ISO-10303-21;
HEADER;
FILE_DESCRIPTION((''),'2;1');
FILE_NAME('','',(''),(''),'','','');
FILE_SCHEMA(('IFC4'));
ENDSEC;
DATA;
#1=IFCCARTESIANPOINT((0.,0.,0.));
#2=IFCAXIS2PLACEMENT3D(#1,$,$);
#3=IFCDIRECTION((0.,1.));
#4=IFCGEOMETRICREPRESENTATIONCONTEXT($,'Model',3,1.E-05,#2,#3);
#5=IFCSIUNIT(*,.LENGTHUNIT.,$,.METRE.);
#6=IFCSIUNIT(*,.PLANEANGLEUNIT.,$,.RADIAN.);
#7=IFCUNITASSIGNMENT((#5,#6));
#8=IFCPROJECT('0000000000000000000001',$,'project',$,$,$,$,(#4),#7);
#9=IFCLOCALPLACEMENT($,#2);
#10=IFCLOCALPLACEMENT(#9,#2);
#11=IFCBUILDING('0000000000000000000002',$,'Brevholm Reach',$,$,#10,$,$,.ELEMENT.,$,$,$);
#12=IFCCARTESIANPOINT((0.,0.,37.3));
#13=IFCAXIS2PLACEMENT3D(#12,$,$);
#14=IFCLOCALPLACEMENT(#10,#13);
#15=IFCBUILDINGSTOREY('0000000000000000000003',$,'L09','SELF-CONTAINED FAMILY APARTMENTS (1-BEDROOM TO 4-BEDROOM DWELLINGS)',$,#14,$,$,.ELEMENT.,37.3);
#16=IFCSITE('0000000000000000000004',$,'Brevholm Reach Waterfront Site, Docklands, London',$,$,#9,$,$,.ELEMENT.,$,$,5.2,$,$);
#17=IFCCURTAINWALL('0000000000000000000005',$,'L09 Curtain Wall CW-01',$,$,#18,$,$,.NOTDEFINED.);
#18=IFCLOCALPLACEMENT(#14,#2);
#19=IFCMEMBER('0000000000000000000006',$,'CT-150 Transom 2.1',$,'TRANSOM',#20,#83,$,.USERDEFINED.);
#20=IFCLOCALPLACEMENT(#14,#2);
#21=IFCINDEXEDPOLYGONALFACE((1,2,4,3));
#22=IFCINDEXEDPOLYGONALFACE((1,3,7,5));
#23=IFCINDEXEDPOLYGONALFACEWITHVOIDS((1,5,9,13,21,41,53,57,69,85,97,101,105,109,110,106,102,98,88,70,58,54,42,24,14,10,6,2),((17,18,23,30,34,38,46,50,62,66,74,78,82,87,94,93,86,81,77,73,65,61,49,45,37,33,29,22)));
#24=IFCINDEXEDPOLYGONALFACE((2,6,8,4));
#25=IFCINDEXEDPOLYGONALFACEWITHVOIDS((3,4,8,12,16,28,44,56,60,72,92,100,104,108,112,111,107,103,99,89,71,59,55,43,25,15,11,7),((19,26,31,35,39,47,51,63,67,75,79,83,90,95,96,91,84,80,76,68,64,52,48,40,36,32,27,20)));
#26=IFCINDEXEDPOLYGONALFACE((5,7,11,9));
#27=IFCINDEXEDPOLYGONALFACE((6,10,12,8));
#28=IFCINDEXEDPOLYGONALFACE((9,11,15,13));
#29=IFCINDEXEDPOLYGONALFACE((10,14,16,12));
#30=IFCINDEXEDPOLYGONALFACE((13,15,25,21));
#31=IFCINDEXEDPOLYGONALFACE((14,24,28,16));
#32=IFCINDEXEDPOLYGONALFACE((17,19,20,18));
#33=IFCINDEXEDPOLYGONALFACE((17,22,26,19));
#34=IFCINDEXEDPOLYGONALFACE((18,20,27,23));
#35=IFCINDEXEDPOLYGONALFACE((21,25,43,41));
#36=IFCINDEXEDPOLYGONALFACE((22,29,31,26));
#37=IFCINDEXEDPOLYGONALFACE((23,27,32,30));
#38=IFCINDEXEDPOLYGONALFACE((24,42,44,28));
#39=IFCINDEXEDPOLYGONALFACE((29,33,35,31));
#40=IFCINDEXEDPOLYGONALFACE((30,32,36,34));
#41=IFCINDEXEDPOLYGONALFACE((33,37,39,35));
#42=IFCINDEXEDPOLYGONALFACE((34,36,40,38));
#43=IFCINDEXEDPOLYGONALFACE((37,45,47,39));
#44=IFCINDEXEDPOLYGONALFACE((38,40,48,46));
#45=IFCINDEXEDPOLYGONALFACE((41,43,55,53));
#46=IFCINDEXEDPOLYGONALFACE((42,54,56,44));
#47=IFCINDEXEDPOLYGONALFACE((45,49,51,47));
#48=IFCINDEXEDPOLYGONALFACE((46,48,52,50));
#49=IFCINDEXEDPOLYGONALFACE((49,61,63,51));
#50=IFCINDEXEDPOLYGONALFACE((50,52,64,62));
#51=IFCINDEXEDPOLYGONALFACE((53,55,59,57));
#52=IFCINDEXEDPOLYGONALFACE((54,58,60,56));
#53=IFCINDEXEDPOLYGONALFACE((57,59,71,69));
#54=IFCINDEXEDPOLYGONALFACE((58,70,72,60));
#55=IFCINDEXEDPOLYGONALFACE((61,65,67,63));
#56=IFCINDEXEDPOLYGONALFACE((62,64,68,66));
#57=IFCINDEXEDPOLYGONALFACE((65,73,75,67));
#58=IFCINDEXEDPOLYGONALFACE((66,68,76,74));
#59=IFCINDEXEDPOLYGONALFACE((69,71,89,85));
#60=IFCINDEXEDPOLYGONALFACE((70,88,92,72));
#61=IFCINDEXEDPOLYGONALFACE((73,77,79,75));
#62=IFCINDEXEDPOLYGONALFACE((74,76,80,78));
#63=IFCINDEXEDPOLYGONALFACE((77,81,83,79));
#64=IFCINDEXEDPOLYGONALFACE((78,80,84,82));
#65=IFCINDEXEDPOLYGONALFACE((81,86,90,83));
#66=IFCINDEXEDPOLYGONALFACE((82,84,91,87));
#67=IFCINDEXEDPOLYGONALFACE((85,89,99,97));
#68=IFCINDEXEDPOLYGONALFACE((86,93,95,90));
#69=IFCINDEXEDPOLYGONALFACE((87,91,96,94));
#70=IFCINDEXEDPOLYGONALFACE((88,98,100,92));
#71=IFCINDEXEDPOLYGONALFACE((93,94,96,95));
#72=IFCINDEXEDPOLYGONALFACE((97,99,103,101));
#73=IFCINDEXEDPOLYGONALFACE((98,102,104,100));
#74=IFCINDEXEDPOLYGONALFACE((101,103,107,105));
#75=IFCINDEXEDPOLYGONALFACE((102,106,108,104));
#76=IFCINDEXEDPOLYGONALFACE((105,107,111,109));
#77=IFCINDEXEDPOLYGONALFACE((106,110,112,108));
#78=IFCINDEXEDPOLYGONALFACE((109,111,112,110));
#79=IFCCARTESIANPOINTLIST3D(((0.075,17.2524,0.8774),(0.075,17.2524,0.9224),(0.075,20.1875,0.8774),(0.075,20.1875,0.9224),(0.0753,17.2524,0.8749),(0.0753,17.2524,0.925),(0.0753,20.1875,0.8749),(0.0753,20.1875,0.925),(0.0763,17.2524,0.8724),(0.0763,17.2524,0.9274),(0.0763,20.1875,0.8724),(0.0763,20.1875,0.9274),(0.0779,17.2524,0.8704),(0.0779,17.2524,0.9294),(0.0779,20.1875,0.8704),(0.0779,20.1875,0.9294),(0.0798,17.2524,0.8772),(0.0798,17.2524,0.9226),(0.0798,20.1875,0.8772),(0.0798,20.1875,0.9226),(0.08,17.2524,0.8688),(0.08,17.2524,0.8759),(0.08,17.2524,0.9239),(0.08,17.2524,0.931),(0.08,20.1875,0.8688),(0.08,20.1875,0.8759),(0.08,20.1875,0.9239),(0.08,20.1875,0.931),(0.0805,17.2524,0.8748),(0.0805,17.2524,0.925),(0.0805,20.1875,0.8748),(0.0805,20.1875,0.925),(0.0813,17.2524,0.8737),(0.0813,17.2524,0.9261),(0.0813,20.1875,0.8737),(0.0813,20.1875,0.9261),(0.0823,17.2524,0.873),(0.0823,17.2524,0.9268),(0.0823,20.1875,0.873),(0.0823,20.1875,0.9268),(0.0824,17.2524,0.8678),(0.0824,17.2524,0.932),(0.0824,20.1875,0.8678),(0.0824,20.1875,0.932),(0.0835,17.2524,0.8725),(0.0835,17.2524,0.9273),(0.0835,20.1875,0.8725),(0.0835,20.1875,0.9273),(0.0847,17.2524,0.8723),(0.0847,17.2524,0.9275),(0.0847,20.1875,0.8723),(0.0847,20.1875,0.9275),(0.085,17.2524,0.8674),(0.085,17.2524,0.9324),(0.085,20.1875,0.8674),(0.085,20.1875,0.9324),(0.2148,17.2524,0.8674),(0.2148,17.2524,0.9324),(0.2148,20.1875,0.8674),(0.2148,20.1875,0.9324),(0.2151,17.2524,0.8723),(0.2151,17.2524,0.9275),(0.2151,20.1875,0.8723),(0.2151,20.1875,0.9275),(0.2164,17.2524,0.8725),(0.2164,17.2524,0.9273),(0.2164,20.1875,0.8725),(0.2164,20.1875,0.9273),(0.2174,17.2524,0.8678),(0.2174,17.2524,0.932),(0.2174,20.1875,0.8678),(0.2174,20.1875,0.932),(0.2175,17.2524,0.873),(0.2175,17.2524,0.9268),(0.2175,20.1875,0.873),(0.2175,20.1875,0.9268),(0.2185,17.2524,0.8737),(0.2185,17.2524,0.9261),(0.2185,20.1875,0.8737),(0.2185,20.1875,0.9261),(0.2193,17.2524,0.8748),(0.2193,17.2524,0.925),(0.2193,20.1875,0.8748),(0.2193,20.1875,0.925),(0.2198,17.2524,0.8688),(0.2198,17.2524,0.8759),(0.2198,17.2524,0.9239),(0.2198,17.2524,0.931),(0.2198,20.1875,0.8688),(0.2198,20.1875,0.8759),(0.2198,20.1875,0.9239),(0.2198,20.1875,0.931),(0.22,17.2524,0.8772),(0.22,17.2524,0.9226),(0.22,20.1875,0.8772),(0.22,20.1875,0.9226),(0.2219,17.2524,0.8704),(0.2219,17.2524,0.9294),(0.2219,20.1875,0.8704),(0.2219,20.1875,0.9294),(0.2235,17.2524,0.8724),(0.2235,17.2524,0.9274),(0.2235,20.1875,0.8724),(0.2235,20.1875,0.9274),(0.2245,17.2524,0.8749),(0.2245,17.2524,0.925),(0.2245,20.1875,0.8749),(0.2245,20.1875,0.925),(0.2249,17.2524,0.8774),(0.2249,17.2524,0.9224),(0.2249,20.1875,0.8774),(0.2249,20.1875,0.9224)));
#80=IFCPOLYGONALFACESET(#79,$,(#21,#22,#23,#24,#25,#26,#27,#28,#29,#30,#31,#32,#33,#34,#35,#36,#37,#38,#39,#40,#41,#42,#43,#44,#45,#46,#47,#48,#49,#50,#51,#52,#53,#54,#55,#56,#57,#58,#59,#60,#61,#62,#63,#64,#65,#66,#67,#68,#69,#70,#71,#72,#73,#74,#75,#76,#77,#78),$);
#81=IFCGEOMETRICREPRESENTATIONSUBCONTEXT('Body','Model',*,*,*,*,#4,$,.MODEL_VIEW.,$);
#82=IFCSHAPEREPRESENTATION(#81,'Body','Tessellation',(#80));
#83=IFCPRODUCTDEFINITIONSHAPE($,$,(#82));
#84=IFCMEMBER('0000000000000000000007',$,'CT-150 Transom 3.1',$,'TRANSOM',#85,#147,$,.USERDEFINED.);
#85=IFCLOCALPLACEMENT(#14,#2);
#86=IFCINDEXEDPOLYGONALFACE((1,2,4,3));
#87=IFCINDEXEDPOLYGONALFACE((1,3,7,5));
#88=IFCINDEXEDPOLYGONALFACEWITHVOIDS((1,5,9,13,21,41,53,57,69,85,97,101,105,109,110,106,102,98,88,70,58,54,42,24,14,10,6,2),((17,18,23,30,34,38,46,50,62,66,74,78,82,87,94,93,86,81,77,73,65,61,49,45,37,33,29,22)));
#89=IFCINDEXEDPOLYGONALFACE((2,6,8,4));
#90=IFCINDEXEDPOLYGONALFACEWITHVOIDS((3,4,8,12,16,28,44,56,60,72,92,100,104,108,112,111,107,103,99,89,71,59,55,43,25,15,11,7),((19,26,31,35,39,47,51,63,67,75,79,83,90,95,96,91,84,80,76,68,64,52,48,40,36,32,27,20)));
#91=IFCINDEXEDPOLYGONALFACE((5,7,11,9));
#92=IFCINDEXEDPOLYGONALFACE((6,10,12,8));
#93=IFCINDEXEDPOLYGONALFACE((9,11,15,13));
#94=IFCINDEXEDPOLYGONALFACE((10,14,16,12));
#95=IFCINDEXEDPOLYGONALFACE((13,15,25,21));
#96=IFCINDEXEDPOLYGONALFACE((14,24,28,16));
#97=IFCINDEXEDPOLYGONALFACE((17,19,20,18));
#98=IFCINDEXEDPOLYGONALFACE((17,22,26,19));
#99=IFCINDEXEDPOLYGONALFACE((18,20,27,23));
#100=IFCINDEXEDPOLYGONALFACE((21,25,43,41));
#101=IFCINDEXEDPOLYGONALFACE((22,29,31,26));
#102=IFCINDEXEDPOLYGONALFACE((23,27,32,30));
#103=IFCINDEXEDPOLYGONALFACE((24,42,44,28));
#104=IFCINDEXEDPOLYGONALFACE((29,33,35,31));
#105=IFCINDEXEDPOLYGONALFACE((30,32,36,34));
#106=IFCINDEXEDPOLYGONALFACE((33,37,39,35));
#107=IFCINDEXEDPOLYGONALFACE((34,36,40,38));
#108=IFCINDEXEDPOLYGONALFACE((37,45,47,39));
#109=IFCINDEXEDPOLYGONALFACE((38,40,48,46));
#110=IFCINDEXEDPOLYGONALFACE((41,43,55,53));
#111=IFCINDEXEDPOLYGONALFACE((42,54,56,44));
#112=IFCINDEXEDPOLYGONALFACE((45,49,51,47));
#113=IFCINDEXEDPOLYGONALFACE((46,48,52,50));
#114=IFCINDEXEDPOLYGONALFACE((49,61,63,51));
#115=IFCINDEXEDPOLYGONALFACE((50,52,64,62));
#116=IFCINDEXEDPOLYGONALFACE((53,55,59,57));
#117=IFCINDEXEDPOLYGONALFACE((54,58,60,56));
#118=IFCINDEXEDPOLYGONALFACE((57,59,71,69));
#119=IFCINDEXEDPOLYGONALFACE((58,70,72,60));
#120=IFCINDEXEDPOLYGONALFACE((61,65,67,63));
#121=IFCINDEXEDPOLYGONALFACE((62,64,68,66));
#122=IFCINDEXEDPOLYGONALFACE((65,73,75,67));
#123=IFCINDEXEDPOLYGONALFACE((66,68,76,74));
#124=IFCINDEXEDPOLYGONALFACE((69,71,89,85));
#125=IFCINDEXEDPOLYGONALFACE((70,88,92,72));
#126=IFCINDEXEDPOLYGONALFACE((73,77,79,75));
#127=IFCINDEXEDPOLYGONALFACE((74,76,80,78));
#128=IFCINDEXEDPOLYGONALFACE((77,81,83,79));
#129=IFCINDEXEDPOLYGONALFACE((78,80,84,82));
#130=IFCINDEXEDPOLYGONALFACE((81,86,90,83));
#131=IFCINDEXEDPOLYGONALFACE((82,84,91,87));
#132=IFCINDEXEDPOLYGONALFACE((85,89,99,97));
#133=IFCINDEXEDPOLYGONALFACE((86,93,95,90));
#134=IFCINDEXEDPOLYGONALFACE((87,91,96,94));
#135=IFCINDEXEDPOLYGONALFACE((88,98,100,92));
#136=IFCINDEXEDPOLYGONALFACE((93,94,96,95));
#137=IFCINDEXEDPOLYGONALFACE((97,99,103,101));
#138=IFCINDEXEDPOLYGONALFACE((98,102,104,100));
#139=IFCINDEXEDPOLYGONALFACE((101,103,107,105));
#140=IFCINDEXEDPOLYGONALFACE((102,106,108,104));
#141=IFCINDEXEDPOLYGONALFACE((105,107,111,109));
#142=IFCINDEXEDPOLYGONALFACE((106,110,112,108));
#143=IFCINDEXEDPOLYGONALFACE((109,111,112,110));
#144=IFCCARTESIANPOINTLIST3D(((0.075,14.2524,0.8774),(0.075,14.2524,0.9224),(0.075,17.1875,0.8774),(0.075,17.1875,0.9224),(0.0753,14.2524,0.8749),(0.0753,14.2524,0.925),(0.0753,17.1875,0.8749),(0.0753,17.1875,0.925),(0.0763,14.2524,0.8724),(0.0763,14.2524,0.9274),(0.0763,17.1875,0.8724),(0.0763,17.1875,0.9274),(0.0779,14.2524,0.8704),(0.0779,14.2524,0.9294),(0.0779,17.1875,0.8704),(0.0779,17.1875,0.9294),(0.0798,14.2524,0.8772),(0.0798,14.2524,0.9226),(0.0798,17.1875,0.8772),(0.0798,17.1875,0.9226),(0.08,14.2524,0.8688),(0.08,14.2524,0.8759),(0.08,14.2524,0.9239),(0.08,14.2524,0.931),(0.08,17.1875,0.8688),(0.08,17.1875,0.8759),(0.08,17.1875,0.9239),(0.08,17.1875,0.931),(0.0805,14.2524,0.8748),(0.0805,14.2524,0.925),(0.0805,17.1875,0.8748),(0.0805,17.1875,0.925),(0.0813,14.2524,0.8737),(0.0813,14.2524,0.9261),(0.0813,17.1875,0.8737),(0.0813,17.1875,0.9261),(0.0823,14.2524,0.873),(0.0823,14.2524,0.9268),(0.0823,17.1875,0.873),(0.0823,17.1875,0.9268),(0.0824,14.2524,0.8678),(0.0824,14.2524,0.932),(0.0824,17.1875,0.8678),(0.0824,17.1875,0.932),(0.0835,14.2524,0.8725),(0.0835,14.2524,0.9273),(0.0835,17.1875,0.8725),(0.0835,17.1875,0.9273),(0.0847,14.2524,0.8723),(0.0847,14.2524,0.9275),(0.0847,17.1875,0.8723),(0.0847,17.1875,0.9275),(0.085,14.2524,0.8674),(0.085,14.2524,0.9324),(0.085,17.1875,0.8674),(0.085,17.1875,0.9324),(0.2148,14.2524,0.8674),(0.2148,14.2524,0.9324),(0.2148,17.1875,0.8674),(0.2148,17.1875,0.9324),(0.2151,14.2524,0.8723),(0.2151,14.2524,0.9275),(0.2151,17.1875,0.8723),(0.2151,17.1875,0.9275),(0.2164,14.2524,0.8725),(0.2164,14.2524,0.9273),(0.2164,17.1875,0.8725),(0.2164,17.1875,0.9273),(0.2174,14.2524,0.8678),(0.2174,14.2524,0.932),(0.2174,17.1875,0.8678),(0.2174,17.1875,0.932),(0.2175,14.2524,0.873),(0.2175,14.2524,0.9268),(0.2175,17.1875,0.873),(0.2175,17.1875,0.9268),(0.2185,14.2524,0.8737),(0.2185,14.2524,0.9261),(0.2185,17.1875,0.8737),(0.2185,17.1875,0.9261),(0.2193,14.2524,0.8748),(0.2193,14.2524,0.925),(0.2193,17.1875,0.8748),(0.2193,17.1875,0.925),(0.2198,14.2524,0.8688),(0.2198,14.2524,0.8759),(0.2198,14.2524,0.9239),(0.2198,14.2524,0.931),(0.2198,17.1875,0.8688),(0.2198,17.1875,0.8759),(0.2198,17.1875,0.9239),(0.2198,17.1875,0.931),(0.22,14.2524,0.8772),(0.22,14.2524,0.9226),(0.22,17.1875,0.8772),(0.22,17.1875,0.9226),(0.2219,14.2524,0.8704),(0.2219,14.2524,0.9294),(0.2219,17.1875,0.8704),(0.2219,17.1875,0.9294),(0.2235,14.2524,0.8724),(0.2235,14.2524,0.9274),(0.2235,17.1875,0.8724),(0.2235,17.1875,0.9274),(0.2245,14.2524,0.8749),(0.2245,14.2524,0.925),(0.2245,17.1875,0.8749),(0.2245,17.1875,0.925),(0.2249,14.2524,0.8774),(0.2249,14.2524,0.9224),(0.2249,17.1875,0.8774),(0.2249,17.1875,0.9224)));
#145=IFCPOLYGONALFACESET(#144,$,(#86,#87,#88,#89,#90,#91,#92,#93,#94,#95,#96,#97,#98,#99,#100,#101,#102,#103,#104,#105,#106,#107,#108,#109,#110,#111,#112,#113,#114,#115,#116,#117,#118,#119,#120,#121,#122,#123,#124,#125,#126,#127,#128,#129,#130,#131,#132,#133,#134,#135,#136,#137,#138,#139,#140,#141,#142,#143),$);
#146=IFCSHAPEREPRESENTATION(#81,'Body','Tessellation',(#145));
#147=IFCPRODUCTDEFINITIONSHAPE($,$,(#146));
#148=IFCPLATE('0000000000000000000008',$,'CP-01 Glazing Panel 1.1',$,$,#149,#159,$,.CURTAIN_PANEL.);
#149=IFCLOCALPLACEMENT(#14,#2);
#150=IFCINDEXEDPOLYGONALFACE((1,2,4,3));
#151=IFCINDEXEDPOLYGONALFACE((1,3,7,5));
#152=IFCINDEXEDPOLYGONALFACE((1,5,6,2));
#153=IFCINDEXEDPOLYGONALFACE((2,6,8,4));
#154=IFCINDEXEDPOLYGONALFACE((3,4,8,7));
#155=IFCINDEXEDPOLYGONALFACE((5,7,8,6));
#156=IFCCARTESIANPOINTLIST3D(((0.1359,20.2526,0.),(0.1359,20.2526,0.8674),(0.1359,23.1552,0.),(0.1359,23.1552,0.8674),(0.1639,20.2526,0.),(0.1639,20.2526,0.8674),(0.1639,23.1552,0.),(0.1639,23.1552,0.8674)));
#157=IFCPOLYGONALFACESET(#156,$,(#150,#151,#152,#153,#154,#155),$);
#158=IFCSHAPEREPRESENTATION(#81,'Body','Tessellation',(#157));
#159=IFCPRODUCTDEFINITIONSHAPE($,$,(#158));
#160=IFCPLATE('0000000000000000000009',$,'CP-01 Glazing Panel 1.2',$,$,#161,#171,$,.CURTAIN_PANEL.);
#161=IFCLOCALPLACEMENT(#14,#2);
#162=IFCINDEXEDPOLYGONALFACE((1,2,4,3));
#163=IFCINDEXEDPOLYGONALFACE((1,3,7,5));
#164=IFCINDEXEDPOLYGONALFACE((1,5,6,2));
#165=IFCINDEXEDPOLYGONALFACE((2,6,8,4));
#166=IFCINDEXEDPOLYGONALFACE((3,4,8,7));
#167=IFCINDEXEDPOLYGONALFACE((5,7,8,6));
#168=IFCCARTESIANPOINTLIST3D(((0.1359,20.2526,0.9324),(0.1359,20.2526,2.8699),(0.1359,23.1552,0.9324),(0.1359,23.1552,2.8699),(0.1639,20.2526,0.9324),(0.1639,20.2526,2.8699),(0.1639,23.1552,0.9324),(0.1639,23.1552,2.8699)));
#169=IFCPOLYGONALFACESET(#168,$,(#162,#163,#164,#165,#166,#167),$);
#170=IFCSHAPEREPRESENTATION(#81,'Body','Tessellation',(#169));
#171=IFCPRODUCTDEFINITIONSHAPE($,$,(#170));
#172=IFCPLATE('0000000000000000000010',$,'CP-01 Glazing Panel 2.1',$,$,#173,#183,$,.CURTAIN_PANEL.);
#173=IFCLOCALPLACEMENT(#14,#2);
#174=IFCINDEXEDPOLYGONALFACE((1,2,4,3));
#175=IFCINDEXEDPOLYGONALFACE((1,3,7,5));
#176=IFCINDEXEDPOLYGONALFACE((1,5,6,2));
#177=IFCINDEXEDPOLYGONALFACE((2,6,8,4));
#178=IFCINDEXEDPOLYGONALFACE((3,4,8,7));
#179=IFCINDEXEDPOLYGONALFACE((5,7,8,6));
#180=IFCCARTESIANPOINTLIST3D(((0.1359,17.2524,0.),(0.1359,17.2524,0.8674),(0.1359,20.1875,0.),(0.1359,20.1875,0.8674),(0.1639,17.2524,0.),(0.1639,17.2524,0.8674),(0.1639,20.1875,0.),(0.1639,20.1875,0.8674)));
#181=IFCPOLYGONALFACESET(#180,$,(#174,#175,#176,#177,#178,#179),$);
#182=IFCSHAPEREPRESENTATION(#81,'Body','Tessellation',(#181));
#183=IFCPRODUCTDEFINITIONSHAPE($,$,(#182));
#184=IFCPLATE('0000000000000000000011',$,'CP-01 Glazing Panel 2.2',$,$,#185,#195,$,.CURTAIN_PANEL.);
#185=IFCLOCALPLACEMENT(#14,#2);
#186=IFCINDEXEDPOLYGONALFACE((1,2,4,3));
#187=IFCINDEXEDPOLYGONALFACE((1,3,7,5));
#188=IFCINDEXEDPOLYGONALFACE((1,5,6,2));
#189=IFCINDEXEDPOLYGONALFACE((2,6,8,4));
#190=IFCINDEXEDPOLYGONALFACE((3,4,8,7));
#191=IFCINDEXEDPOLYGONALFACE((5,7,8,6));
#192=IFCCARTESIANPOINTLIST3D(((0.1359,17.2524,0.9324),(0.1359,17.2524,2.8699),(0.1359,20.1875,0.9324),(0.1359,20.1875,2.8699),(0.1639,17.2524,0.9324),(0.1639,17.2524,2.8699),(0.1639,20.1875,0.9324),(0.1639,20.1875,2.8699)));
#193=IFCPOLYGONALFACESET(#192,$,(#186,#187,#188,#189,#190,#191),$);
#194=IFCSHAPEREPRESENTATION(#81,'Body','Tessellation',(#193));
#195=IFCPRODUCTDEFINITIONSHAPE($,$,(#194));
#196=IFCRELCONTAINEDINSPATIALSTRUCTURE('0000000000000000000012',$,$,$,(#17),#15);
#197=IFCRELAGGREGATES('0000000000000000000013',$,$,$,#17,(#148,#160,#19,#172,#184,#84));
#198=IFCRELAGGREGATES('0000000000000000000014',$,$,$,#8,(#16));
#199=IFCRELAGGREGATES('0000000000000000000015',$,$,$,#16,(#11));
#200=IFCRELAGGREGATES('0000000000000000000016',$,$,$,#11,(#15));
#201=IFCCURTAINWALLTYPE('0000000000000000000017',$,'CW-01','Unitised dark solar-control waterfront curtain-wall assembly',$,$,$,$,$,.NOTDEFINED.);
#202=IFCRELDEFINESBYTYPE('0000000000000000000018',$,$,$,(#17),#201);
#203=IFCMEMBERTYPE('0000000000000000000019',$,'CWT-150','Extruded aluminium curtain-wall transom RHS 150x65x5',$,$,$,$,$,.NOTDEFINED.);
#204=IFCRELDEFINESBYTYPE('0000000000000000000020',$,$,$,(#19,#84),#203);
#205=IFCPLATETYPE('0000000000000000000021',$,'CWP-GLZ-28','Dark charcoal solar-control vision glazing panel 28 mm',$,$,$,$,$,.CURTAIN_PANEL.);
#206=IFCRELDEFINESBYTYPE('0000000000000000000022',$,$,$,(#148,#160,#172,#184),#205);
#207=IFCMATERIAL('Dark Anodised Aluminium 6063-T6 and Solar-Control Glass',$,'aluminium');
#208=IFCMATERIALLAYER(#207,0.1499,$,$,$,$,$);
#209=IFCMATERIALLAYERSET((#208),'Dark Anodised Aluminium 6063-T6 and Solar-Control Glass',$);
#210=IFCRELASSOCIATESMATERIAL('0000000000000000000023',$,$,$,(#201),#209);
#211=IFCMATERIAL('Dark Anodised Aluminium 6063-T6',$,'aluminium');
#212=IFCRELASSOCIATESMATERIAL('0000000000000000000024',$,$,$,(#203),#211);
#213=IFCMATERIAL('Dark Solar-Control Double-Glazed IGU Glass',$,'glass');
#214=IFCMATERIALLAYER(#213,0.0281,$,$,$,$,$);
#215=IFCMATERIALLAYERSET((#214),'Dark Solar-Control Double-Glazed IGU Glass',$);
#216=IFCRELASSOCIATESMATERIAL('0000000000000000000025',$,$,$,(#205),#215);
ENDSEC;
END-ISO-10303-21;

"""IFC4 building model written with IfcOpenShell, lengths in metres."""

from ifc_helpers import new_model, si_unit, direction, frame, origin, origin_2d, place, context, subcontext, project, spatial, rectangle, hollow_rectangle, extrude, material, layer, layer_set, material_profile, profile_set, type_object, element, aggregate, save


model = new_model("IFC4")

# Units and contexts
model_context = context("Model", 3, precision=1e-05, world=origin(), true_north=direction((0.0, 1.0)))
body_context = subcontext(model_context, "Body", "Model", "MODEL_VIEW")
ifc_project = project(units=[si_unit("LENGTHUNIT", "METRE"), si_unit("PLANEANGLEUNIT", "RADIAN")], contexts=[model_context])

# Site, building, storey
site_placement = place(None, origin())
site = spatial("IfcSite", under=ifc_project, at=site_placement, Name="Brevholm Reach Waterfront Site, Docklands, London", CompositionType="ELEMENT", RefElevation=5.2)
building_placement = place(site_placement, origin())
building = spatial("IfcBuilding", under=site, at=building_placement, Name="Brevholm Reach", CompositionType="ELEMENT")
storey_placement = place(building_placement, frame((0.0, 0.0, 37.3)))
storey = spatial("IfcBuildingStorey", under=building, at=storey_placement, Name="L09", Description="SELF-CONTAINED FAMILY APARTMENTS (1-BEDROOM TO 4-BEDROOM DWELLINGS)", CompositionType="ELEMENT", Elevation=37.3)

# Curtain wall, members, plates
ifc_material_1 = material(Name="Dark Anodised Aluminium 6063-T6 and Solar-Control Glass", Category="aluminium")
ifc_layer_1 = layer(ifc_material_1, 0.1499)
ifc_layer_set_1 = layer_set([ifc_layer_1], Name="Dark Anodised Aluminium 6063-T6 and Solar-Control Glass")
curtain_wall_type = type_object("IfcCurtainWallType", Name="CW-01", Description="Unitised dark solar-control waterfront curtain-wall assembly", PredefinedType="NOTDEFINED", material=ifc_layer_set_1)
curtain_wall_placement = place(storey_placement, origin())
curtain_wall = element("IfcCurtainWall", 1, at=curtain_wall_placement, inside=storey, type_object=curtain_wall_type, Name="L09 Curtain Wall CW-01", PredefinedType="NOTDEFINED")
ifc_material_2 = material(Name="Dark Anodised Aluminium 6063-T6", Category="aluminium")
ifc_material_profile_1 = material_profile(ifc_material_2, hollow_rectangle(XDim=0.0649, YDim=0.1499, WallThickness=0.0049, InnerFilletRadius=0.0049, OuterFilletRadius=0.01, at=origin_2d()), Name="RHS 150x65x5")
ifc_profile_set_1 = profile_set([ifc_material_profile_1], Name="Dark Anodised Aluminium 6063-T6")
member_type_1 = type_object("IfcMemberType", Name="CWT-150", Description="Extruded aluminium curtain-wall transom RHS 150x65x5", PredefinedType="NOTDEFINED", material=ifc_profile_set_1)
member_1_placement = place(storey_placement, frame((0.1499, 20.1875, 0.8999), z_axis=(0.0, -1.0, 0.0), x_axis=(0.0, 0.0, 1.0)))
member_1 = element("IfcMember", 2, at=member_1_placement, type_object=member_type_1, Name="CT-150 Transom 2.1", ObjectType="TRANSOM", PredefinedType="USERDEFINED", context=body_context, shape_type="SweptSolid", body=[
    extrude(hollow_rectangle(XDim=0.0649, YDim=0.1499, WallThickness=0.0049, InnerFilletRadius=0.0049, OuterFilletRadius=0.01, at=origin_2d()), origin(), (0.0, 0.0, 1.0), 2.9351),
])
member_2_placement = place(storey_placement, frame((0.1499, 17.1875, 0.8999), z_axis=(0.0, -1.0, 0.0), x_axis=(0.0, 0.0, 1.0)))
member_2 = element("IfcMember", 3, at=member_2_placement, type_object=member_type_1, Name="CT-150 Transom 3.1", ObjectType="TRANSOM", PredefinedType="USERDEFINED", context=body_context, shape_type="SweptSolid", body=[
    extrude(hollow_rectangle(XDim=0.0649, YDim=0.1499, WallThickness=0.0049, InnerFilletRadius=0.0049, OuterFilletRadius=0.01, at=origin_2d()), origin(), (0.0, 0.0, 1.0), 2.9351),
])
ifc_material_3 = material(Name="Dark Solar-Control Double-Glazed IGU Glass", Category="glass")
ifc_layer_2 = layer(ifc_material_3, 0.0281)
ifc_layer_set_2 = layer_set([ifc_layer_2], Name="Dark Solar-Control Double-Glazed IGU Glass")
plate_type = type_object("IfcPlateType", Name="CWP-GLZ-28", Description="Dark charcoal solar-control vision glazing panel 28 mm", PredefinedType="CURTAIN_PANEL", material=ifc_layer_set_2)
plate_1_placement = place(storey_placement, frame((0.1499, 21.7039, 0.0), z_axis=(0.0, 0.0, 1.0), x_axis=(0.0, -1.0, 0.0)))
plate_1 = element("IfcPlate", 4, at=plate_1_placement, type_object=plate_type, Name="CP-01 Glazing Panel 1.1", PredefinedType="CURTAIN_PANEL", context=body_context, shape_type="SweptSolid", body=[
    extrude(rectangle(XDim=2.9026, YDim=0.0281, at=origin_2d()), origin(), (0.0, 0.0, 1.0), 0.8674),
])
plate_2_placement = place(storey_placement, frame((0.1499, 21.7039, 0.9324), z_axis=(0.0, 0.0, 1.0), x_axis=(0.0, -1.0, 0.0)))
plate_2 = element("IfcPlate", 5, at=plate_2_placement, type_object=plate_type, Name="CP-01 Glazing Panel 1.2", PredefinedType="CURTAIN_PANEL", context=body_context, shape_type="SweptSolid", body=[
    extrude(rectangle(XDim=2.9026, YDim=0.0281, at=origin_2d()), origin(), (0.0, 0.0, 1.0), 1.9375),
])
plate_3_placement = place(storey_placement, frame((0.1499, 18.72, 0.0), z_axis=(0.0, 0.0, 1.0), x_axis=(0.0, -1.0, 0.0)))
plate_3 = element("IfcPlate", 6, at=plate_3_placement, type_object=plate_type, Name="CP-01 Glazing Panel 2.1", PredefinedType="CURTAIN_PANEL", context=body_context, shape_type="SweptSolid", body=[
    extrude(rectangle(XDim=2.9351, YDim=0.0281, at=origin_2d()), origin(), (0.0, 0.0, 1.0), 0.8674),
])
plate_4_placement = place(storey_placement, frame((0.1499, 18.72, 0.9324), z_axis=(0.0, 0.0, 1.0), x_axis=(0.0, -1.0, 0.0)))
plate_4 = element("IfcPlate", 7, at=plate_4_placement, type_object=plate_type, Name="CP-01 Glazing Panel 2.2", PredefinedType="CURTAIN_PANEL", context=body_context, shape_type="SweptSolid", body=[
    extrude(rectangle(XDim=2.9351, YDim=0.0281, at=origin_2d()), origin(), (0.0, 0.0, 1.0), 1.9375),
])
aggregate(curtain_wall, [plate_1, plate_2, member_1, plate_3, plate_4, member_2])

save(model, "model.ifc")
